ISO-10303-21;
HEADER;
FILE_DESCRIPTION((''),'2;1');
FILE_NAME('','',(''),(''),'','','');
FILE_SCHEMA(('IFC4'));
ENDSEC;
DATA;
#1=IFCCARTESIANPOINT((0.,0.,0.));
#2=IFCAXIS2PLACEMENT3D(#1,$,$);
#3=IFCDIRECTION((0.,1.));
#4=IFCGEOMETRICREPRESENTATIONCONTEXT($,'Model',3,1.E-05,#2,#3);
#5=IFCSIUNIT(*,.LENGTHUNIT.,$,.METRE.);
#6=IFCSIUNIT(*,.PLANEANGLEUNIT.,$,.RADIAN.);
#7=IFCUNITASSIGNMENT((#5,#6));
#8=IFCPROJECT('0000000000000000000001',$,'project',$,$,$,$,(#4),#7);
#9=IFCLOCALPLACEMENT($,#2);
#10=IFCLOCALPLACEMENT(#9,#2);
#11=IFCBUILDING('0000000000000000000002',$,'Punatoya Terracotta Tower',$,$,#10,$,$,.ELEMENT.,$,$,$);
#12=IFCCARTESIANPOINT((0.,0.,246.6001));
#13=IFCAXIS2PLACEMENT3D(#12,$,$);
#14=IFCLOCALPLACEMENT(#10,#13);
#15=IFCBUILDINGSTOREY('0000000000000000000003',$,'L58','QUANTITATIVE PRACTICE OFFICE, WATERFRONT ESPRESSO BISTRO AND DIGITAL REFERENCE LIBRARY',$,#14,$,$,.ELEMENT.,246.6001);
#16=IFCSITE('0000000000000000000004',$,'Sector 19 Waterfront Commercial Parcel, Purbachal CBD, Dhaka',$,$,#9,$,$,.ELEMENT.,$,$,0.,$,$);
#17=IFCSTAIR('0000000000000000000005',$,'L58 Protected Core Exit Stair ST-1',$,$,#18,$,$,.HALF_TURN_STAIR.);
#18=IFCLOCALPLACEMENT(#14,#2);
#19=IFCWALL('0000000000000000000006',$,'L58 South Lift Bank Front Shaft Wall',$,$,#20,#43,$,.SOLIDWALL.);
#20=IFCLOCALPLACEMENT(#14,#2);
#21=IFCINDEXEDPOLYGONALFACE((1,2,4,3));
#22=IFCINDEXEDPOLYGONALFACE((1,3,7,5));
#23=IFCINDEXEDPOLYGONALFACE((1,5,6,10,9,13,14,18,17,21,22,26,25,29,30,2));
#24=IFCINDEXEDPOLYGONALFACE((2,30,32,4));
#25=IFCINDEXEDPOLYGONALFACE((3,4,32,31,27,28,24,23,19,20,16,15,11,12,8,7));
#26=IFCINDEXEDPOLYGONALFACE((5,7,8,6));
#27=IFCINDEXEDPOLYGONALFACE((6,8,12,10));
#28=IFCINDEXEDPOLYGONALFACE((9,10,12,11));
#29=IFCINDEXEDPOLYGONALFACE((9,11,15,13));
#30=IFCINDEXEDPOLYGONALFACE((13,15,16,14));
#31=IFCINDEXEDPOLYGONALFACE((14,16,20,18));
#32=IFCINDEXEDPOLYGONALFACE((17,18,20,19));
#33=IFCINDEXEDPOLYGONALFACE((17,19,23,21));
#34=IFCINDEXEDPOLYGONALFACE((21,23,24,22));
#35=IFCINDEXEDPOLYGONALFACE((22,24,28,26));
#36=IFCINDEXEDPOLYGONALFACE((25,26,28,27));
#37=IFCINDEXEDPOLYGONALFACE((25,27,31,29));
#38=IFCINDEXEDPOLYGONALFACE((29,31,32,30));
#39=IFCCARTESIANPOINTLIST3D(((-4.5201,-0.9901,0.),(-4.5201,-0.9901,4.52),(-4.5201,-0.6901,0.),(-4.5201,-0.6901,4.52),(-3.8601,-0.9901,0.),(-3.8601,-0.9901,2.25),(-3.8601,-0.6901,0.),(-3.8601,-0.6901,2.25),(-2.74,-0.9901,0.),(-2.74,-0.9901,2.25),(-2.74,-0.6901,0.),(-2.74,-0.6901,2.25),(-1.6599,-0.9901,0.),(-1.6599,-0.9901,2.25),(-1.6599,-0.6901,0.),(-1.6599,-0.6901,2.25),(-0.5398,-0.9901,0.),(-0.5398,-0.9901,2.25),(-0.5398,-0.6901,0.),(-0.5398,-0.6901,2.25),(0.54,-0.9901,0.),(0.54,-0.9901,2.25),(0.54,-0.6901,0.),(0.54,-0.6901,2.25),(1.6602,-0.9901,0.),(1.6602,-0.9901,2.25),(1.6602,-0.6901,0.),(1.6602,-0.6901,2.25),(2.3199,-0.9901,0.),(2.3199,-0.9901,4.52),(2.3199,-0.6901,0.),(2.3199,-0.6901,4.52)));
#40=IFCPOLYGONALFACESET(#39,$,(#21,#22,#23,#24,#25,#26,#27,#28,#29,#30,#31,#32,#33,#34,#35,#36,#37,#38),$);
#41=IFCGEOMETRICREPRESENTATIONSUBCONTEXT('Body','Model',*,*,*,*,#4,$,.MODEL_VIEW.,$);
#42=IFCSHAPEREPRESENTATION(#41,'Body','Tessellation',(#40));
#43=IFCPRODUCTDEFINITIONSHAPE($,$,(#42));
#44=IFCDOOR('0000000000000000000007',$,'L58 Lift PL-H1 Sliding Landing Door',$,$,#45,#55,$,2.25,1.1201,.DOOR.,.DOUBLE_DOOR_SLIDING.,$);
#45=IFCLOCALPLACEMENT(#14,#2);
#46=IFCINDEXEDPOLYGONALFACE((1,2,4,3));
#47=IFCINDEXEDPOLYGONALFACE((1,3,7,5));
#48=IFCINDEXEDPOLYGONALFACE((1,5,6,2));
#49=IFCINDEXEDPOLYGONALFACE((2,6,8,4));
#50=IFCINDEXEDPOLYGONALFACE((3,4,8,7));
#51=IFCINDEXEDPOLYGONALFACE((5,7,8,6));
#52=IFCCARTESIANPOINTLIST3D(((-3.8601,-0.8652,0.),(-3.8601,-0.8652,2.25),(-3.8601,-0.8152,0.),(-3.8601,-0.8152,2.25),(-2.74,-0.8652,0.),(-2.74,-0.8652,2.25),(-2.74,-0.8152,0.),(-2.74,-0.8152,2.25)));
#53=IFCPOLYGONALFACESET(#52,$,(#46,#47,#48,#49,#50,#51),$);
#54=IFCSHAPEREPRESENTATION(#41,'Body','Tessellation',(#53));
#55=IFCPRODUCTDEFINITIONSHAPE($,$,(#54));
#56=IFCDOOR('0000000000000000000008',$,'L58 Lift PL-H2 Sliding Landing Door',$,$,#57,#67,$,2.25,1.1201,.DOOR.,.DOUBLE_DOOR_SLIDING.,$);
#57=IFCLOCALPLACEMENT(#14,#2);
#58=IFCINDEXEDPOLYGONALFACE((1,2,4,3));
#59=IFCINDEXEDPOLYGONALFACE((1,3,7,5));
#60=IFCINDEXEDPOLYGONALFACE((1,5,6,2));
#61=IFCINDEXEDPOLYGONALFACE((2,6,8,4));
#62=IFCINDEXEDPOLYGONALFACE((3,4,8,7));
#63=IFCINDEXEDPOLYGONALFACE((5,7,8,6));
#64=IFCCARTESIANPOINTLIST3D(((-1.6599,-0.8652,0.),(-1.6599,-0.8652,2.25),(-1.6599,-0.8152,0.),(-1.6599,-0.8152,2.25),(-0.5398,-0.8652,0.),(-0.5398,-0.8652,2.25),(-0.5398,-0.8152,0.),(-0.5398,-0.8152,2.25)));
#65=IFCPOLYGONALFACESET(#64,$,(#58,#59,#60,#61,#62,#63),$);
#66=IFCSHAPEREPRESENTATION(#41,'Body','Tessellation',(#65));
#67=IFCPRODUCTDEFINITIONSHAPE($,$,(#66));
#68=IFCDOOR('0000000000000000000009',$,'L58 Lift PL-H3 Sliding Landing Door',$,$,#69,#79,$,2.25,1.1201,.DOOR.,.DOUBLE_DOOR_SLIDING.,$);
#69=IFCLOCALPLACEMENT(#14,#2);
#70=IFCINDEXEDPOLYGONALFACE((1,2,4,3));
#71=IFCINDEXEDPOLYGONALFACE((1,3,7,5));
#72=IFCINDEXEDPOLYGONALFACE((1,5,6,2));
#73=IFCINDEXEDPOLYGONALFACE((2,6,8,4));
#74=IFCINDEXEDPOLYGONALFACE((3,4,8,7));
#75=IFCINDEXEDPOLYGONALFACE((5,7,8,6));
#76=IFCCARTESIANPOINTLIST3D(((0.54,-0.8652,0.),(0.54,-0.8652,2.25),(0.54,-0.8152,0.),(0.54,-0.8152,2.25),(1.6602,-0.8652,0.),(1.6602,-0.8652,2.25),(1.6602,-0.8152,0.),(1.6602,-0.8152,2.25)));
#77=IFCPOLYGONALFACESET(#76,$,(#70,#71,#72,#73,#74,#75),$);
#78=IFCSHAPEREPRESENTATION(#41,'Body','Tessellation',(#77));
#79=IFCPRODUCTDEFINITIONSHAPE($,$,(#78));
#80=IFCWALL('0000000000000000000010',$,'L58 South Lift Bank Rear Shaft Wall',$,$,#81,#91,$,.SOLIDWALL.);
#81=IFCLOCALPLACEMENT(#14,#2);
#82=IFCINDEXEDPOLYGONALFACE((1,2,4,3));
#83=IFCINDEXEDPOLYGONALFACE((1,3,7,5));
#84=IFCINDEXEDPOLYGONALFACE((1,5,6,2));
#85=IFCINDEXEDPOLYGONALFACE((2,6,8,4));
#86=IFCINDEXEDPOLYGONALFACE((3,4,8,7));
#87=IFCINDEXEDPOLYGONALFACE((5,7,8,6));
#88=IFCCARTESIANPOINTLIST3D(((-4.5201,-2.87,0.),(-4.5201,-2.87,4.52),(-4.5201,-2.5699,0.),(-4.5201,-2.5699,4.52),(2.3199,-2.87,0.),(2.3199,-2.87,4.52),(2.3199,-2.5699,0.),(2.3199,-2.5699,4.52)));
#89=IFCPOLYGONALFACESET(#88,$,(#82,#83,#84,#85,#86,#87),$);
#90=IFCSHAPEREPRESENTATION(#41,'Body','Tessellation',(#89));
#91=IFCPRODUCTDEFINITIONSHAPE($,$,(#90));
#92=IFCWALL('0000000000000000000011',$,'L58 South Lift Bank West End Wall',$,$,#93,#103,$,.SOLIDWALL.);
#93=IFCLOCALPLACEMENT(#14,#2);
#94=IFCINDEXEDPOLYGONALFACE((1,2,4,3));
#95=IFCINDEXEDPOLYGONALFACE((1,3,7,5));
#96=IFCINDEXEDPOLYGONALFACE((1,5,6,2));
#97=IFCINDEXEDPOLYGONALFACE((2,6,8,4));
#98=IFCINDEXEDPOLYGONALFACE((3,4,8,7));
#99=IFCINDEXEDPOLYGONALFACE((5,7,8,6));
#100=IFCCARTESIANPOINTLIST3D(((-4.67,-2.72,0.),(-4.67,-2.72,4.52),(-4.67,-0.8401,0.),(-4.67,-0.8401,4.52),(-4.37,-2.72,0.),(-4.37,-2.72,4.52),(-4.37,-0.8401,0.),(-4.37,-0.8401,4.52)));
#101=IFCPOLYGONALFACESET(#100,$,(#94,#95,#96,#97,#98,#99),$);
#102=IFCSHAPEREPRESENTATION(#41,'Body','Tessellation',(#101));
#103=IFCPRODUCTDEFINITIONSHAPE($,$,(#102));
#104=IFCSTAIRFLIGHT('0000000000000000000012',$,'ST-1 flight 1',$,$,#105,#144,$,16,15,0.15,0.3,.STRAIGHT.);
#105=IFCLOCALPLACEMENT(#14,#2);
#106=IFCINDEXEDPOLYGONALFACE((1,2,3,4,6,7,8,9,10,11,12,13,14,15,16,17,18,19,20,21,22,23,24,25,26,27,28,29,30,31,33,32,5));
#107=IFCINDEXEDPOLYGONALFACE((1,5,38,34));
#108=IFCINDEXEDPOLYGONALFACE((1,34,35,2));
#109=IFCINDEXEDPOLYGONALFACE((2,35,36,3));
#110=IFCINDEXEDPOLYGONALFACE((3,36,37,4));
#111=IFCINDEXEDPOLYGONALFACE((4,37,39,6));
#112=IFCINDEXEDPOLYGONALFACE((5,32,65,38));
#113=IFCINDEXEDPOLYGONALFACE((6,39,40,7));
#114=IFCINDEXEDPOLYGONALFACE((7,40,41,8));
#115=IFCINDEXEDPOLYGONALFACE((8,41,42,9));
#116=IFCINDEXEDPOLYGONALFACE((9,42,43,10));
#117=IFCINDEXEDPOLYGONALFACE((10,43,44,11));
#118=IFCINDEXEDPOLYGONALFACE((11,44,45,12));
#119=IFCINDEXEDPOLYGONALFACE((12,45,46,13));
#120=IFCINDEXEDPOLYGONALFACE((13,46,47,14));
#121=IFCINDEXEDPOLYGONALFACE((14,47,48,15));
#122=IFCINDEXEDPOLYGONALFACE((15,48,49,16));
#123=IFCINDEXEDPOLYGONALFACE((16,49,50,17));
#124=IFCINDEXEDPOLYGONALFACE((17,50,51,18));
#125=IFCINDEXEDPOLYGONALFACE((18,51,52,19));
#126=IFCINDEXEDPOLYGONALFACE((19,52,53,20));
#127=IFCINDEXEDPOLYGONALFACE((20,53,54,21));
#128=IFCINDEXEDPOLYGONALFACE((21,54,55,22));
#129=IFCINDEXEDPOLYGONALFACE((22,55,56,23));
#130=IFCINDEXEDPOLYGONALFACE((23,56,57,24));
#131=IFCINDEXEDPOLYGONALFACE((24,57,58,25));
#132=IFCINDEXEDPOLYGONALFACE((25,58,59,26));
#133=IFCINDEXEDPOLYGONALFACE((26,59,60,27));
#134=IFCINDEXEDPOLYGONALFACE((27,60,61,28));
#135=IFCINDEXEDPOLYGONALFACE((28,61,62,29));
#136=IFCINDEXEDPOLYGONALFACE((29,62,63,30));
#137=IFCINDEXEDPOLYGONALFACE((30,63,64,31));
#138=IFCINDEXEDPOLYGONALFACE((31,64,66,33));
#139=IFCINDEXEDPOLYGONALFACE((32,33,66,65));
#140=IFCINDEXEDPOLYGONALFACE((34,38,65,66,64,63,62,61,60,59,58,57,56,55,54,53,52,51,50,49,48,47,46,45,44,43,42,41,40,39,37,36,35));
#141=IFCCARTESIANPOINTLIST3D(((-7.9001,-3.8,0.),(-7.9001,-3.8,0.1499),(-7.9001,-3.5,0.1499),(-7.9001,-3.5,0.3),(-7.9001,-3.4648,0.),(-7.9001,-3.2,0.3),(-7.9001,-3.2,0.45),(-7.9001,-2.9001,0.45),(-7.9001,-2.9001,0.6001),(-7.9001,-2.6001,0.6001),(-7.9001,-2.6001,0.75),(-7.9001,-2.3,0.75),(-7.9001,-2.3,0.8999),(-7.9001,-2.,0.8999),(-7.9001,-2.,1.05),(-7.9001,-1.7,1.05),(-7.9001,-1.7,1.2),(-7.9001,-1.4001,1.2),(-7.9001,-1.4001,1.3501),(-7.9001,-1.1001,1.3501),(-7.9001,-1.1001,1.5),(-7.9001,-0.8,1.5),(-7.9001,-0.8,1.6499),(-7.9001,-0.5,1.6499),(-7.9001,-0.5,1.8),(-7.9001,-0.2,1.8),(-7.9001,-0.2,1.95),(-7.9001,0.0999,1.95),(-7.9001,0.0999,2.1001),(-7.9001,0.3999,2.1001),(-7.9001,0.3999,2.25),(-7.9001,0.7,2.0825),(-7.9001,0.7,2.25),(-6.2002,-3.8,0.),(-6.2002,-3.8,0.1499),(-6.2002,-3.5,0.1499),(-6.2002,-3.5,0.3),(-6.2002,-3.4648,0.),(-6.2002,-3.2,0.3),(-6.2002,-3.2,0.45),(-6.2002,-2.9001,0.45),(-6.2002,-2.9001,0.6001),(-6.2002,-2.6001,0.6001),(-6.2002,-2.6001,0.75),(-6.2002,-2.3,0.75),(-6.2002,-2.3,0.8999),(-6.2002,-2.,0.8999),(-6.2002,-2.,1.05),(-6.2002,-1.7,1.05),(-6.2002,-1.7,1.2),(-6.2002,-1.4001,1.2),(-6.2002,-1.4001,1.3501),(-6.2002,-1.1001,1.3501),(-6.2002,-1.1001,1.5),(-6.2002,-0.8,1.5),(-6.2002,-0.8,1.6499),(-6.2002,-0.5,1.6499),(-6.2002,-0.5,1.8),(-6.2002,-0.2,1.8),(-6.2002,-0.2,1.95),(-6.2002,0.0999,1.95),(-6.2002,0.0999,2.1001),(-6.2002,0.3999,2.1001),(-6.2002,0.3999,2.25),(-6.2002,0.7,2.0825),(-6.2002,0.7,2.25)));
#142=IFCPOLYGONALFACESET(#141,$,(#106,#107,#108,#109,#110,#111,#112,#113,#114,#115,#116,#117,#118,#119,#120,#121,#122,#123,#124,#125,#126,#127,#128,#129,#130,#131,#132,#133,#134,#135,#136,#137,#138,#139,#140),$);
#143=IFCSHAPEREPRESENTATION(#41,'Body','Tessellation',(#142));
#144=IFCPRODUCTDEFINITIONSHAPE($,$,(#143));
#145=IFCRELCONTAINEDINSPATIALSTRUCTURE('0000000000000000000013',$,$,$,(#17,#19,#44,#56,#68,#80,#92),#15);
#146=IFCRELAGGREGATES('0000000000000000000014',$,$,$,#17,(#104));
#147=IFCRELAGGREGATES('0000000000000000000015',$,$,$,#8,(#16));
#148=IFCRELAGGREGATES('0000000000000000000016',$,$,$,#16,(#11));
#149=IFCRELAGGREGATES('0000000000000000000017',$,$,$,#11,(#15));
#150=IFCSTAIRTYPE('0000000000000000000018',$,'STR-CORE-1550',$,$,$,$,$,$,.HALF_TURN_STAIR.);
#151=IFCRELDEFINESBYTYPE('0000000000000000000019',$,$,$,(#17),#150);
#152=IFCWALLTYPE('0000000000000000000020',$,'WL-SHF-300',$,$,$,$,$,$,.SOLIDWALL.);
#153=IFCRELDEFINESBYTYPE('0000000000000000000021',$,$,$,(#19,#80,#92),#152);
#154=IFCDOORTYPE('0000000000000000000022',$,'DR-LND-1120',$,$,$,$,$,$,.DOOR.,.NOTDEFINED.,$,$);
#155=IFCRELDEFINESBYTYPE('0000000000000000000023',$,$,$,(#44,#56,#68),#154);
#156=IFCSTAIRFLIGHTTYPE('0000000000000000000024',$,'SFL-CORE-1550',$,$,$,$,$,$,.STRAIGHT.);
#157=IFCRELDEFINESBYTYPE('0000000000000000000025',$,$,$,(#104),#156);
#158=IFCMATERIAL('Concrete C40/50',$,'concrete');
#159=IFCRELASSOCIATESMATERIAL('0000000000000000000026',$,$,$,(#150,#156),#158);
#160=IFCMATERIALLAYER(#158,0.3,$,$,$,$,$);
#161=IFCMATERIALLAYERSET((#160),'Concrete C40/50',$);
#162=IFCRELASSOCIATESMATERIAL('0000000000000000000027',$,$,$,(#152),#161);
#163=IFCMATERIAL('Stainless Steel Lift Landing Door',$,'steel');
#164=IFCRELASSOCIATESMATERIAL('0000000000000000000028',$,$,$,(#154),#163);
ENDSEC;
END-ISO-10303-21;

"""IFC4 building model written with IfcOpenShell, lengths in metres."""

from ifc_helpers import new_model, si_unit, direction, frame, frame_2d, origin, place, context, subcontext, project, spatial, polyline, rectangle, outline, extrude, material, layer, layer_set, type_object, element, fill, aggregate, save


model = new_model("IFC4")

# Units and contexts
model_context = context("Model", 3, precision=1e-05, world=origin(), true_north=direction((0.0, 1.0)))
body_context = subcontext(model_context, "Body", "Model", "MODEL_VIEW")
ifc_project = project(units=[si_unit("LENGTHUNIT", "METRE"), si_unit("PLANEANGLEUNIT", "RADIAN")], contexts=[model_context])

# Site, building, storey
site_placement = place(None, origin())
site = spatial("IfcSite", under=ifc_project, at=site_placement, Name="Sector 19 Waterfront Commercial Parcel, Purbachal CBD, Dhaka", CompositionType="ELEMENT", RefElevation=0.0)
building_placement = place(site_placement, origin())
building = spatial("IfcBuilding", under=site, at=building_placement, Name="Punatoya Terracotta Tower", CompositionType="ELEMENT")
storey_placement = place(building_placement, frame((0.0, 0.0, 246.6001)))
storey = spatial("IfcBuildingStorey", under=building, at=storey_placement, Name="L58", Description="QUANTITATIVE PRACTICE OFFICE, WATERFRONT ESPRESSO BISTRO AND DIGITAL REFERENCE LIBRARY", CompositionType="ELEMENT", Elevation=246.6001)

# Stair
ifc_material_1 = material(Name="Concrete C40/50", Category="concrete")
stair_type = type_object("IfcStairType", Name="STR-CORE-1550", PredefinedType="HALF_TURN_STAIR", material=ifc_material_1)
stair_placement = place(storey_placement, origin())
stair = element("IfcStair", 1, at=stair_placement, inside=storey, type_object=stair_type, Name="L58 Protected Core Exit Stair ST-1", PredefinedType="HALF_TURN_STAIR")

# Shared definitions
ifc_layer_1 = layer(ifc_material_1, 0.3)
ifc_layer_set_1 = layer_set([ifc_layer_1], Name="Concrete C40/50")
wall_type_1 = type_object("IfcWallType", Name="WL-SHF-300", PredefinedType="SOLIDWALL", material=ifc_layer_set_1)

# Wall, openings, doors
wall_1_placement = place(storey_placement, frame((-4.52, -0.8401, 0.0), z_axis=(0.0, 0.0, 1.0), x_axis=(1.0, 0.0, 0.0)))
wall_1 = element("IfcWall", 2, at=wall_1_placement, inside=storey, type_object=wall_type_1, Name="L58 South Lift Bank Front Shaft Wall", PredefinedType="SOLIDWALL", context=body_context, shape_type="SweptSolid", body=[
    extrude(rectangle(XDim=6.8401, YDim=0.3, at=frame_2d((3.4199, 0.0))), origin(), (0.0, 0.0, 1.0), 4.52),
])
opening_1_placement = place(wall_1_placement, frame((0.6599, 0.0, 0.0)))
opening_1 = element("IfcOpeningElement", 3, at=opening_1_placement, cuts=wall_1, PredefinedType="OPENING", context=body_context, shape_type="SweptSolid", body=[
    extrude(rectangle(XDim=1.1201, YDim=2.25, at=frame_2d((0.5601, 1.125))), frame((0.0, 0.1599, 0.0), z_axis=(0.0, -1.0, 0.0), x_axis=(1.0, 0.0, 0.0)), (0.0, 0.0, 1.0), 0.3201),
])
opening_2_placement = place(wall_1_placement, frame((2.8601, 0.0, 0.0)))
opening_2 = element("IfcOpeningElement", 4, at=opening_2_placement, cuts=wall_1, PredefinedType="OPENING", context=body_context, shape_type="SweptSolid", body=[
    extrude(rectangle(XDim=1.1201, YDim=2.25, at=frame_2d((0.5601, 1.125))), frame((0.0, 0.1599, 0.0), z_axis=(0.0, -1.0, 0.0), x_axis=(1.0, 0.0, 0.0)), (0.0, 0.0, 1.0), 0.3201),
])
opening_3_placement = place(wall_1_placement, frame((5.0601, 0.0, 0.0)))
opening_3 = element("IfcOpeningElement", 5, at=opening_3_placement, cuts=wall_1, PredefinedType="OPENING", context=body_context, shape_type="SweptSolid", body=[
    extrude(rectangle(XDim=1.1201, YDim=2.25, at=frame_2d((0.5601, 1.125))), frame((0.0, 0.1599, 0.0), z_axis=(0.0, -1.0, 0.0), x_axis=(1.0, 0.0, 0.0)), (0.0, 0.0, 1.0), 0.3201),
])
ifc_material_2 = material(Name="Stainless Steel Lift Landing Door", Category="steel")
door_type_1 = type_object("IfcDoorType", Name="DR-LND-1120", OperationType="NOTDEFINED", PredefinedType="DOOR", material=ifc_material_2)
door_1_placement = place(opening_1_placement, origin())
door_1 = element("IfcDoor", 6, at=door_1_placement, inside=storey, type_object=door_type_1, Name="L58 Lift PL-H1 Sliding Landing Door", OperationType="DOUBLE_DOOR_SLIDING", OverallHeight=2.25, OverallWidth=1.1201, PredefinedType="DOOR", context=body_context, shape_type="SweptSolid", body=[
    extrude(rectangle(XDim=1.1201, YDim=2.25, at=frame_2d((0.5601, 1.125))), frame((0.0, 0.0249, 0.0), z_axis=(0.0, -1.0, 0.0), x_axis=(1.0, 0.0, 0.0)), (0.0, 0.0, 1.0), 0.05),
])
fill(opening_1, door_1)
door_2_placement = place(opening_2_placement, origin())
door_2 = element("IfcDoor", 7, at=door_2_placement, inside=storey, type_object=door_type_1, Name="L58 Lift PL-H2 Sliding Landing Door", OperationType="DOUBLE_DOOR_SLIDING", OverallHeight=2.25, OverallWidth=1.1201, PredefinedType="DOOR", context=body_context, shape_type="SweptSolid", body=[
    extrude(rectangle(XDim=1.1201, YDim=2.25, at=frame_2d((0.5601, 1.125))), frame((0.0, 0.0249, 0.0), z_axis=(0.0, -1.0, 0.0), x_axis=(1.0, 0.0, 0.0)), (0.0, 0.0, 1.0), 0.05),
])
fill(opening_2, door_2)
door_3_placement = place(opening_3_placement, origin())
door_3 = element("IfcDoor", 8, at=door_3_placement, inside=storey, type_object=door_type_1, Name="L58 Lift PL-H3 Sliding Landing Door", OperationType="DOUBLE_DOOR_SLIDING", OverallHeight=2.25, OverallWidth=1.1201, PredefinedType="DOOR", context=body_context, shape_type="SweptSolid", body=[
    extrude(rectangle(XDim=1.1201, YDim=2.25, at=frame_2d((0.5601, 1.125))), frame((0.0, 0.0249, 0.0), z_axis=(0.0, -1.0, 0.0), x_axis=(1.0, 0.0, 0.0)), (0.0, 0.0, 1.0), 0.05),
])
fill(opening_3, door_3)

# Walls
wall_2_placement = place(storey_placement, frame((-4.52, -2.72, 0.0), z_axis=(0.0, 0.0, 1.0), x_axis=(1.0, 0.0, 0.0)))
element("IfcWall", 9, at=wall_2_placement, inside=storey, type_object=wall_type_1, Name="L58 South Lift Bank Rear Shaft Wall", PredefinedType="SOLIDWALL", context=body_context, shape_type="SweptSolid", body=[
    extrude(rectangle(XDim=6.8401, YDim=0.3, at=frame_2d((3.4199, 0.0))), origin(), (0.0, 0.0, 1.0), 4.52),
])
wall_3_placement = place(storey_placement, frame((-4.52, -2.72, 0.0), z_axis=(0.0, 0.0, 1.0), x_axis=(0.0, 1.0, 0.0)))
element("IfcWall", 10, at=wall_3_placement, inside=storey, type_object=wall_type_1, Name="L58 South Lift Bank West End Wall", PredefinedType="SOLIDWALL", context=body_context, shape_type="SweptSolid", body=[
    extrude(rectangle(XDim=1.8799, YDim=0.3, at=frame_2d((0.9399, 0.0))), origin(), (0.0, 0.0, 1.0), 4.52),
])

# Stair flight
stair_flight_type = type_object("IfcStairFlightType", Name="SFL-CORE-1550", PredefinedType="STRAIGHT", material=ifc_material_1)
stair_flight_placement = place(storey_placement, frame((-7.05, -3.8, 0.0), z_axis=(0.0, 0.0, 1.0), x_axis=(0.0, 1.0, 0.0)))
stair_flight = element("IfcStairFlight", 11, at=stair_flight_placement, type_object=stair_flight_type, Name="ST-1 flight 1", NumberOfRisers=16, NumberOfTreads=15, PredefinedType="STRAIGHT", RiserHeight=0.15, TreadLength=0.3, context=body_context, shape_type="SweptSolid", body=[
    extrude(outline(polyline([(0.0, 0.0), (0.0, 0.1499), (0.3, 0.1499), (0.3, 0.3), (0.6001, 0.3), (0.6001, 0.45), (0.8999, 0.45), (0.8999, 0.6001), (1.2, 0.6001), (1.2, 0.75), (1.5, 0.75), (1.5, 0.8999), (1.8, 0.8999), (1.8, 1.05), (2.1001, 1.05), (2.1001, 1.2), (2.3999, 1.2), (2.3999, 1.3501), (2.7, 1.3501), (2.7, 1.5), (3.0, 1.5), (3.0, 1.6499), (3.3, 1.6499), (3.3, 1.8), (3.6001, 1.8), (3.6001, 1.95), (3.8999, 1.95), (3.8999, 2.1001), (4.2, 2.1001), (4.2, 2.25), (4.5, 2.25), (4.5, 2.3999), (4.5, 2.0825), (0.3352, 0.0), (0.0, 0.0)])), frame((0.0, 0.8501, 0.0), z_axis=(0.0, -1.0, 0.0), x_axis=(1.0, 0.0, 0.0)), (0.0, 0.0, 1.0), 1.7),
])
aggregate(stair, [stair_flight])

save(model, "model.ifc")
